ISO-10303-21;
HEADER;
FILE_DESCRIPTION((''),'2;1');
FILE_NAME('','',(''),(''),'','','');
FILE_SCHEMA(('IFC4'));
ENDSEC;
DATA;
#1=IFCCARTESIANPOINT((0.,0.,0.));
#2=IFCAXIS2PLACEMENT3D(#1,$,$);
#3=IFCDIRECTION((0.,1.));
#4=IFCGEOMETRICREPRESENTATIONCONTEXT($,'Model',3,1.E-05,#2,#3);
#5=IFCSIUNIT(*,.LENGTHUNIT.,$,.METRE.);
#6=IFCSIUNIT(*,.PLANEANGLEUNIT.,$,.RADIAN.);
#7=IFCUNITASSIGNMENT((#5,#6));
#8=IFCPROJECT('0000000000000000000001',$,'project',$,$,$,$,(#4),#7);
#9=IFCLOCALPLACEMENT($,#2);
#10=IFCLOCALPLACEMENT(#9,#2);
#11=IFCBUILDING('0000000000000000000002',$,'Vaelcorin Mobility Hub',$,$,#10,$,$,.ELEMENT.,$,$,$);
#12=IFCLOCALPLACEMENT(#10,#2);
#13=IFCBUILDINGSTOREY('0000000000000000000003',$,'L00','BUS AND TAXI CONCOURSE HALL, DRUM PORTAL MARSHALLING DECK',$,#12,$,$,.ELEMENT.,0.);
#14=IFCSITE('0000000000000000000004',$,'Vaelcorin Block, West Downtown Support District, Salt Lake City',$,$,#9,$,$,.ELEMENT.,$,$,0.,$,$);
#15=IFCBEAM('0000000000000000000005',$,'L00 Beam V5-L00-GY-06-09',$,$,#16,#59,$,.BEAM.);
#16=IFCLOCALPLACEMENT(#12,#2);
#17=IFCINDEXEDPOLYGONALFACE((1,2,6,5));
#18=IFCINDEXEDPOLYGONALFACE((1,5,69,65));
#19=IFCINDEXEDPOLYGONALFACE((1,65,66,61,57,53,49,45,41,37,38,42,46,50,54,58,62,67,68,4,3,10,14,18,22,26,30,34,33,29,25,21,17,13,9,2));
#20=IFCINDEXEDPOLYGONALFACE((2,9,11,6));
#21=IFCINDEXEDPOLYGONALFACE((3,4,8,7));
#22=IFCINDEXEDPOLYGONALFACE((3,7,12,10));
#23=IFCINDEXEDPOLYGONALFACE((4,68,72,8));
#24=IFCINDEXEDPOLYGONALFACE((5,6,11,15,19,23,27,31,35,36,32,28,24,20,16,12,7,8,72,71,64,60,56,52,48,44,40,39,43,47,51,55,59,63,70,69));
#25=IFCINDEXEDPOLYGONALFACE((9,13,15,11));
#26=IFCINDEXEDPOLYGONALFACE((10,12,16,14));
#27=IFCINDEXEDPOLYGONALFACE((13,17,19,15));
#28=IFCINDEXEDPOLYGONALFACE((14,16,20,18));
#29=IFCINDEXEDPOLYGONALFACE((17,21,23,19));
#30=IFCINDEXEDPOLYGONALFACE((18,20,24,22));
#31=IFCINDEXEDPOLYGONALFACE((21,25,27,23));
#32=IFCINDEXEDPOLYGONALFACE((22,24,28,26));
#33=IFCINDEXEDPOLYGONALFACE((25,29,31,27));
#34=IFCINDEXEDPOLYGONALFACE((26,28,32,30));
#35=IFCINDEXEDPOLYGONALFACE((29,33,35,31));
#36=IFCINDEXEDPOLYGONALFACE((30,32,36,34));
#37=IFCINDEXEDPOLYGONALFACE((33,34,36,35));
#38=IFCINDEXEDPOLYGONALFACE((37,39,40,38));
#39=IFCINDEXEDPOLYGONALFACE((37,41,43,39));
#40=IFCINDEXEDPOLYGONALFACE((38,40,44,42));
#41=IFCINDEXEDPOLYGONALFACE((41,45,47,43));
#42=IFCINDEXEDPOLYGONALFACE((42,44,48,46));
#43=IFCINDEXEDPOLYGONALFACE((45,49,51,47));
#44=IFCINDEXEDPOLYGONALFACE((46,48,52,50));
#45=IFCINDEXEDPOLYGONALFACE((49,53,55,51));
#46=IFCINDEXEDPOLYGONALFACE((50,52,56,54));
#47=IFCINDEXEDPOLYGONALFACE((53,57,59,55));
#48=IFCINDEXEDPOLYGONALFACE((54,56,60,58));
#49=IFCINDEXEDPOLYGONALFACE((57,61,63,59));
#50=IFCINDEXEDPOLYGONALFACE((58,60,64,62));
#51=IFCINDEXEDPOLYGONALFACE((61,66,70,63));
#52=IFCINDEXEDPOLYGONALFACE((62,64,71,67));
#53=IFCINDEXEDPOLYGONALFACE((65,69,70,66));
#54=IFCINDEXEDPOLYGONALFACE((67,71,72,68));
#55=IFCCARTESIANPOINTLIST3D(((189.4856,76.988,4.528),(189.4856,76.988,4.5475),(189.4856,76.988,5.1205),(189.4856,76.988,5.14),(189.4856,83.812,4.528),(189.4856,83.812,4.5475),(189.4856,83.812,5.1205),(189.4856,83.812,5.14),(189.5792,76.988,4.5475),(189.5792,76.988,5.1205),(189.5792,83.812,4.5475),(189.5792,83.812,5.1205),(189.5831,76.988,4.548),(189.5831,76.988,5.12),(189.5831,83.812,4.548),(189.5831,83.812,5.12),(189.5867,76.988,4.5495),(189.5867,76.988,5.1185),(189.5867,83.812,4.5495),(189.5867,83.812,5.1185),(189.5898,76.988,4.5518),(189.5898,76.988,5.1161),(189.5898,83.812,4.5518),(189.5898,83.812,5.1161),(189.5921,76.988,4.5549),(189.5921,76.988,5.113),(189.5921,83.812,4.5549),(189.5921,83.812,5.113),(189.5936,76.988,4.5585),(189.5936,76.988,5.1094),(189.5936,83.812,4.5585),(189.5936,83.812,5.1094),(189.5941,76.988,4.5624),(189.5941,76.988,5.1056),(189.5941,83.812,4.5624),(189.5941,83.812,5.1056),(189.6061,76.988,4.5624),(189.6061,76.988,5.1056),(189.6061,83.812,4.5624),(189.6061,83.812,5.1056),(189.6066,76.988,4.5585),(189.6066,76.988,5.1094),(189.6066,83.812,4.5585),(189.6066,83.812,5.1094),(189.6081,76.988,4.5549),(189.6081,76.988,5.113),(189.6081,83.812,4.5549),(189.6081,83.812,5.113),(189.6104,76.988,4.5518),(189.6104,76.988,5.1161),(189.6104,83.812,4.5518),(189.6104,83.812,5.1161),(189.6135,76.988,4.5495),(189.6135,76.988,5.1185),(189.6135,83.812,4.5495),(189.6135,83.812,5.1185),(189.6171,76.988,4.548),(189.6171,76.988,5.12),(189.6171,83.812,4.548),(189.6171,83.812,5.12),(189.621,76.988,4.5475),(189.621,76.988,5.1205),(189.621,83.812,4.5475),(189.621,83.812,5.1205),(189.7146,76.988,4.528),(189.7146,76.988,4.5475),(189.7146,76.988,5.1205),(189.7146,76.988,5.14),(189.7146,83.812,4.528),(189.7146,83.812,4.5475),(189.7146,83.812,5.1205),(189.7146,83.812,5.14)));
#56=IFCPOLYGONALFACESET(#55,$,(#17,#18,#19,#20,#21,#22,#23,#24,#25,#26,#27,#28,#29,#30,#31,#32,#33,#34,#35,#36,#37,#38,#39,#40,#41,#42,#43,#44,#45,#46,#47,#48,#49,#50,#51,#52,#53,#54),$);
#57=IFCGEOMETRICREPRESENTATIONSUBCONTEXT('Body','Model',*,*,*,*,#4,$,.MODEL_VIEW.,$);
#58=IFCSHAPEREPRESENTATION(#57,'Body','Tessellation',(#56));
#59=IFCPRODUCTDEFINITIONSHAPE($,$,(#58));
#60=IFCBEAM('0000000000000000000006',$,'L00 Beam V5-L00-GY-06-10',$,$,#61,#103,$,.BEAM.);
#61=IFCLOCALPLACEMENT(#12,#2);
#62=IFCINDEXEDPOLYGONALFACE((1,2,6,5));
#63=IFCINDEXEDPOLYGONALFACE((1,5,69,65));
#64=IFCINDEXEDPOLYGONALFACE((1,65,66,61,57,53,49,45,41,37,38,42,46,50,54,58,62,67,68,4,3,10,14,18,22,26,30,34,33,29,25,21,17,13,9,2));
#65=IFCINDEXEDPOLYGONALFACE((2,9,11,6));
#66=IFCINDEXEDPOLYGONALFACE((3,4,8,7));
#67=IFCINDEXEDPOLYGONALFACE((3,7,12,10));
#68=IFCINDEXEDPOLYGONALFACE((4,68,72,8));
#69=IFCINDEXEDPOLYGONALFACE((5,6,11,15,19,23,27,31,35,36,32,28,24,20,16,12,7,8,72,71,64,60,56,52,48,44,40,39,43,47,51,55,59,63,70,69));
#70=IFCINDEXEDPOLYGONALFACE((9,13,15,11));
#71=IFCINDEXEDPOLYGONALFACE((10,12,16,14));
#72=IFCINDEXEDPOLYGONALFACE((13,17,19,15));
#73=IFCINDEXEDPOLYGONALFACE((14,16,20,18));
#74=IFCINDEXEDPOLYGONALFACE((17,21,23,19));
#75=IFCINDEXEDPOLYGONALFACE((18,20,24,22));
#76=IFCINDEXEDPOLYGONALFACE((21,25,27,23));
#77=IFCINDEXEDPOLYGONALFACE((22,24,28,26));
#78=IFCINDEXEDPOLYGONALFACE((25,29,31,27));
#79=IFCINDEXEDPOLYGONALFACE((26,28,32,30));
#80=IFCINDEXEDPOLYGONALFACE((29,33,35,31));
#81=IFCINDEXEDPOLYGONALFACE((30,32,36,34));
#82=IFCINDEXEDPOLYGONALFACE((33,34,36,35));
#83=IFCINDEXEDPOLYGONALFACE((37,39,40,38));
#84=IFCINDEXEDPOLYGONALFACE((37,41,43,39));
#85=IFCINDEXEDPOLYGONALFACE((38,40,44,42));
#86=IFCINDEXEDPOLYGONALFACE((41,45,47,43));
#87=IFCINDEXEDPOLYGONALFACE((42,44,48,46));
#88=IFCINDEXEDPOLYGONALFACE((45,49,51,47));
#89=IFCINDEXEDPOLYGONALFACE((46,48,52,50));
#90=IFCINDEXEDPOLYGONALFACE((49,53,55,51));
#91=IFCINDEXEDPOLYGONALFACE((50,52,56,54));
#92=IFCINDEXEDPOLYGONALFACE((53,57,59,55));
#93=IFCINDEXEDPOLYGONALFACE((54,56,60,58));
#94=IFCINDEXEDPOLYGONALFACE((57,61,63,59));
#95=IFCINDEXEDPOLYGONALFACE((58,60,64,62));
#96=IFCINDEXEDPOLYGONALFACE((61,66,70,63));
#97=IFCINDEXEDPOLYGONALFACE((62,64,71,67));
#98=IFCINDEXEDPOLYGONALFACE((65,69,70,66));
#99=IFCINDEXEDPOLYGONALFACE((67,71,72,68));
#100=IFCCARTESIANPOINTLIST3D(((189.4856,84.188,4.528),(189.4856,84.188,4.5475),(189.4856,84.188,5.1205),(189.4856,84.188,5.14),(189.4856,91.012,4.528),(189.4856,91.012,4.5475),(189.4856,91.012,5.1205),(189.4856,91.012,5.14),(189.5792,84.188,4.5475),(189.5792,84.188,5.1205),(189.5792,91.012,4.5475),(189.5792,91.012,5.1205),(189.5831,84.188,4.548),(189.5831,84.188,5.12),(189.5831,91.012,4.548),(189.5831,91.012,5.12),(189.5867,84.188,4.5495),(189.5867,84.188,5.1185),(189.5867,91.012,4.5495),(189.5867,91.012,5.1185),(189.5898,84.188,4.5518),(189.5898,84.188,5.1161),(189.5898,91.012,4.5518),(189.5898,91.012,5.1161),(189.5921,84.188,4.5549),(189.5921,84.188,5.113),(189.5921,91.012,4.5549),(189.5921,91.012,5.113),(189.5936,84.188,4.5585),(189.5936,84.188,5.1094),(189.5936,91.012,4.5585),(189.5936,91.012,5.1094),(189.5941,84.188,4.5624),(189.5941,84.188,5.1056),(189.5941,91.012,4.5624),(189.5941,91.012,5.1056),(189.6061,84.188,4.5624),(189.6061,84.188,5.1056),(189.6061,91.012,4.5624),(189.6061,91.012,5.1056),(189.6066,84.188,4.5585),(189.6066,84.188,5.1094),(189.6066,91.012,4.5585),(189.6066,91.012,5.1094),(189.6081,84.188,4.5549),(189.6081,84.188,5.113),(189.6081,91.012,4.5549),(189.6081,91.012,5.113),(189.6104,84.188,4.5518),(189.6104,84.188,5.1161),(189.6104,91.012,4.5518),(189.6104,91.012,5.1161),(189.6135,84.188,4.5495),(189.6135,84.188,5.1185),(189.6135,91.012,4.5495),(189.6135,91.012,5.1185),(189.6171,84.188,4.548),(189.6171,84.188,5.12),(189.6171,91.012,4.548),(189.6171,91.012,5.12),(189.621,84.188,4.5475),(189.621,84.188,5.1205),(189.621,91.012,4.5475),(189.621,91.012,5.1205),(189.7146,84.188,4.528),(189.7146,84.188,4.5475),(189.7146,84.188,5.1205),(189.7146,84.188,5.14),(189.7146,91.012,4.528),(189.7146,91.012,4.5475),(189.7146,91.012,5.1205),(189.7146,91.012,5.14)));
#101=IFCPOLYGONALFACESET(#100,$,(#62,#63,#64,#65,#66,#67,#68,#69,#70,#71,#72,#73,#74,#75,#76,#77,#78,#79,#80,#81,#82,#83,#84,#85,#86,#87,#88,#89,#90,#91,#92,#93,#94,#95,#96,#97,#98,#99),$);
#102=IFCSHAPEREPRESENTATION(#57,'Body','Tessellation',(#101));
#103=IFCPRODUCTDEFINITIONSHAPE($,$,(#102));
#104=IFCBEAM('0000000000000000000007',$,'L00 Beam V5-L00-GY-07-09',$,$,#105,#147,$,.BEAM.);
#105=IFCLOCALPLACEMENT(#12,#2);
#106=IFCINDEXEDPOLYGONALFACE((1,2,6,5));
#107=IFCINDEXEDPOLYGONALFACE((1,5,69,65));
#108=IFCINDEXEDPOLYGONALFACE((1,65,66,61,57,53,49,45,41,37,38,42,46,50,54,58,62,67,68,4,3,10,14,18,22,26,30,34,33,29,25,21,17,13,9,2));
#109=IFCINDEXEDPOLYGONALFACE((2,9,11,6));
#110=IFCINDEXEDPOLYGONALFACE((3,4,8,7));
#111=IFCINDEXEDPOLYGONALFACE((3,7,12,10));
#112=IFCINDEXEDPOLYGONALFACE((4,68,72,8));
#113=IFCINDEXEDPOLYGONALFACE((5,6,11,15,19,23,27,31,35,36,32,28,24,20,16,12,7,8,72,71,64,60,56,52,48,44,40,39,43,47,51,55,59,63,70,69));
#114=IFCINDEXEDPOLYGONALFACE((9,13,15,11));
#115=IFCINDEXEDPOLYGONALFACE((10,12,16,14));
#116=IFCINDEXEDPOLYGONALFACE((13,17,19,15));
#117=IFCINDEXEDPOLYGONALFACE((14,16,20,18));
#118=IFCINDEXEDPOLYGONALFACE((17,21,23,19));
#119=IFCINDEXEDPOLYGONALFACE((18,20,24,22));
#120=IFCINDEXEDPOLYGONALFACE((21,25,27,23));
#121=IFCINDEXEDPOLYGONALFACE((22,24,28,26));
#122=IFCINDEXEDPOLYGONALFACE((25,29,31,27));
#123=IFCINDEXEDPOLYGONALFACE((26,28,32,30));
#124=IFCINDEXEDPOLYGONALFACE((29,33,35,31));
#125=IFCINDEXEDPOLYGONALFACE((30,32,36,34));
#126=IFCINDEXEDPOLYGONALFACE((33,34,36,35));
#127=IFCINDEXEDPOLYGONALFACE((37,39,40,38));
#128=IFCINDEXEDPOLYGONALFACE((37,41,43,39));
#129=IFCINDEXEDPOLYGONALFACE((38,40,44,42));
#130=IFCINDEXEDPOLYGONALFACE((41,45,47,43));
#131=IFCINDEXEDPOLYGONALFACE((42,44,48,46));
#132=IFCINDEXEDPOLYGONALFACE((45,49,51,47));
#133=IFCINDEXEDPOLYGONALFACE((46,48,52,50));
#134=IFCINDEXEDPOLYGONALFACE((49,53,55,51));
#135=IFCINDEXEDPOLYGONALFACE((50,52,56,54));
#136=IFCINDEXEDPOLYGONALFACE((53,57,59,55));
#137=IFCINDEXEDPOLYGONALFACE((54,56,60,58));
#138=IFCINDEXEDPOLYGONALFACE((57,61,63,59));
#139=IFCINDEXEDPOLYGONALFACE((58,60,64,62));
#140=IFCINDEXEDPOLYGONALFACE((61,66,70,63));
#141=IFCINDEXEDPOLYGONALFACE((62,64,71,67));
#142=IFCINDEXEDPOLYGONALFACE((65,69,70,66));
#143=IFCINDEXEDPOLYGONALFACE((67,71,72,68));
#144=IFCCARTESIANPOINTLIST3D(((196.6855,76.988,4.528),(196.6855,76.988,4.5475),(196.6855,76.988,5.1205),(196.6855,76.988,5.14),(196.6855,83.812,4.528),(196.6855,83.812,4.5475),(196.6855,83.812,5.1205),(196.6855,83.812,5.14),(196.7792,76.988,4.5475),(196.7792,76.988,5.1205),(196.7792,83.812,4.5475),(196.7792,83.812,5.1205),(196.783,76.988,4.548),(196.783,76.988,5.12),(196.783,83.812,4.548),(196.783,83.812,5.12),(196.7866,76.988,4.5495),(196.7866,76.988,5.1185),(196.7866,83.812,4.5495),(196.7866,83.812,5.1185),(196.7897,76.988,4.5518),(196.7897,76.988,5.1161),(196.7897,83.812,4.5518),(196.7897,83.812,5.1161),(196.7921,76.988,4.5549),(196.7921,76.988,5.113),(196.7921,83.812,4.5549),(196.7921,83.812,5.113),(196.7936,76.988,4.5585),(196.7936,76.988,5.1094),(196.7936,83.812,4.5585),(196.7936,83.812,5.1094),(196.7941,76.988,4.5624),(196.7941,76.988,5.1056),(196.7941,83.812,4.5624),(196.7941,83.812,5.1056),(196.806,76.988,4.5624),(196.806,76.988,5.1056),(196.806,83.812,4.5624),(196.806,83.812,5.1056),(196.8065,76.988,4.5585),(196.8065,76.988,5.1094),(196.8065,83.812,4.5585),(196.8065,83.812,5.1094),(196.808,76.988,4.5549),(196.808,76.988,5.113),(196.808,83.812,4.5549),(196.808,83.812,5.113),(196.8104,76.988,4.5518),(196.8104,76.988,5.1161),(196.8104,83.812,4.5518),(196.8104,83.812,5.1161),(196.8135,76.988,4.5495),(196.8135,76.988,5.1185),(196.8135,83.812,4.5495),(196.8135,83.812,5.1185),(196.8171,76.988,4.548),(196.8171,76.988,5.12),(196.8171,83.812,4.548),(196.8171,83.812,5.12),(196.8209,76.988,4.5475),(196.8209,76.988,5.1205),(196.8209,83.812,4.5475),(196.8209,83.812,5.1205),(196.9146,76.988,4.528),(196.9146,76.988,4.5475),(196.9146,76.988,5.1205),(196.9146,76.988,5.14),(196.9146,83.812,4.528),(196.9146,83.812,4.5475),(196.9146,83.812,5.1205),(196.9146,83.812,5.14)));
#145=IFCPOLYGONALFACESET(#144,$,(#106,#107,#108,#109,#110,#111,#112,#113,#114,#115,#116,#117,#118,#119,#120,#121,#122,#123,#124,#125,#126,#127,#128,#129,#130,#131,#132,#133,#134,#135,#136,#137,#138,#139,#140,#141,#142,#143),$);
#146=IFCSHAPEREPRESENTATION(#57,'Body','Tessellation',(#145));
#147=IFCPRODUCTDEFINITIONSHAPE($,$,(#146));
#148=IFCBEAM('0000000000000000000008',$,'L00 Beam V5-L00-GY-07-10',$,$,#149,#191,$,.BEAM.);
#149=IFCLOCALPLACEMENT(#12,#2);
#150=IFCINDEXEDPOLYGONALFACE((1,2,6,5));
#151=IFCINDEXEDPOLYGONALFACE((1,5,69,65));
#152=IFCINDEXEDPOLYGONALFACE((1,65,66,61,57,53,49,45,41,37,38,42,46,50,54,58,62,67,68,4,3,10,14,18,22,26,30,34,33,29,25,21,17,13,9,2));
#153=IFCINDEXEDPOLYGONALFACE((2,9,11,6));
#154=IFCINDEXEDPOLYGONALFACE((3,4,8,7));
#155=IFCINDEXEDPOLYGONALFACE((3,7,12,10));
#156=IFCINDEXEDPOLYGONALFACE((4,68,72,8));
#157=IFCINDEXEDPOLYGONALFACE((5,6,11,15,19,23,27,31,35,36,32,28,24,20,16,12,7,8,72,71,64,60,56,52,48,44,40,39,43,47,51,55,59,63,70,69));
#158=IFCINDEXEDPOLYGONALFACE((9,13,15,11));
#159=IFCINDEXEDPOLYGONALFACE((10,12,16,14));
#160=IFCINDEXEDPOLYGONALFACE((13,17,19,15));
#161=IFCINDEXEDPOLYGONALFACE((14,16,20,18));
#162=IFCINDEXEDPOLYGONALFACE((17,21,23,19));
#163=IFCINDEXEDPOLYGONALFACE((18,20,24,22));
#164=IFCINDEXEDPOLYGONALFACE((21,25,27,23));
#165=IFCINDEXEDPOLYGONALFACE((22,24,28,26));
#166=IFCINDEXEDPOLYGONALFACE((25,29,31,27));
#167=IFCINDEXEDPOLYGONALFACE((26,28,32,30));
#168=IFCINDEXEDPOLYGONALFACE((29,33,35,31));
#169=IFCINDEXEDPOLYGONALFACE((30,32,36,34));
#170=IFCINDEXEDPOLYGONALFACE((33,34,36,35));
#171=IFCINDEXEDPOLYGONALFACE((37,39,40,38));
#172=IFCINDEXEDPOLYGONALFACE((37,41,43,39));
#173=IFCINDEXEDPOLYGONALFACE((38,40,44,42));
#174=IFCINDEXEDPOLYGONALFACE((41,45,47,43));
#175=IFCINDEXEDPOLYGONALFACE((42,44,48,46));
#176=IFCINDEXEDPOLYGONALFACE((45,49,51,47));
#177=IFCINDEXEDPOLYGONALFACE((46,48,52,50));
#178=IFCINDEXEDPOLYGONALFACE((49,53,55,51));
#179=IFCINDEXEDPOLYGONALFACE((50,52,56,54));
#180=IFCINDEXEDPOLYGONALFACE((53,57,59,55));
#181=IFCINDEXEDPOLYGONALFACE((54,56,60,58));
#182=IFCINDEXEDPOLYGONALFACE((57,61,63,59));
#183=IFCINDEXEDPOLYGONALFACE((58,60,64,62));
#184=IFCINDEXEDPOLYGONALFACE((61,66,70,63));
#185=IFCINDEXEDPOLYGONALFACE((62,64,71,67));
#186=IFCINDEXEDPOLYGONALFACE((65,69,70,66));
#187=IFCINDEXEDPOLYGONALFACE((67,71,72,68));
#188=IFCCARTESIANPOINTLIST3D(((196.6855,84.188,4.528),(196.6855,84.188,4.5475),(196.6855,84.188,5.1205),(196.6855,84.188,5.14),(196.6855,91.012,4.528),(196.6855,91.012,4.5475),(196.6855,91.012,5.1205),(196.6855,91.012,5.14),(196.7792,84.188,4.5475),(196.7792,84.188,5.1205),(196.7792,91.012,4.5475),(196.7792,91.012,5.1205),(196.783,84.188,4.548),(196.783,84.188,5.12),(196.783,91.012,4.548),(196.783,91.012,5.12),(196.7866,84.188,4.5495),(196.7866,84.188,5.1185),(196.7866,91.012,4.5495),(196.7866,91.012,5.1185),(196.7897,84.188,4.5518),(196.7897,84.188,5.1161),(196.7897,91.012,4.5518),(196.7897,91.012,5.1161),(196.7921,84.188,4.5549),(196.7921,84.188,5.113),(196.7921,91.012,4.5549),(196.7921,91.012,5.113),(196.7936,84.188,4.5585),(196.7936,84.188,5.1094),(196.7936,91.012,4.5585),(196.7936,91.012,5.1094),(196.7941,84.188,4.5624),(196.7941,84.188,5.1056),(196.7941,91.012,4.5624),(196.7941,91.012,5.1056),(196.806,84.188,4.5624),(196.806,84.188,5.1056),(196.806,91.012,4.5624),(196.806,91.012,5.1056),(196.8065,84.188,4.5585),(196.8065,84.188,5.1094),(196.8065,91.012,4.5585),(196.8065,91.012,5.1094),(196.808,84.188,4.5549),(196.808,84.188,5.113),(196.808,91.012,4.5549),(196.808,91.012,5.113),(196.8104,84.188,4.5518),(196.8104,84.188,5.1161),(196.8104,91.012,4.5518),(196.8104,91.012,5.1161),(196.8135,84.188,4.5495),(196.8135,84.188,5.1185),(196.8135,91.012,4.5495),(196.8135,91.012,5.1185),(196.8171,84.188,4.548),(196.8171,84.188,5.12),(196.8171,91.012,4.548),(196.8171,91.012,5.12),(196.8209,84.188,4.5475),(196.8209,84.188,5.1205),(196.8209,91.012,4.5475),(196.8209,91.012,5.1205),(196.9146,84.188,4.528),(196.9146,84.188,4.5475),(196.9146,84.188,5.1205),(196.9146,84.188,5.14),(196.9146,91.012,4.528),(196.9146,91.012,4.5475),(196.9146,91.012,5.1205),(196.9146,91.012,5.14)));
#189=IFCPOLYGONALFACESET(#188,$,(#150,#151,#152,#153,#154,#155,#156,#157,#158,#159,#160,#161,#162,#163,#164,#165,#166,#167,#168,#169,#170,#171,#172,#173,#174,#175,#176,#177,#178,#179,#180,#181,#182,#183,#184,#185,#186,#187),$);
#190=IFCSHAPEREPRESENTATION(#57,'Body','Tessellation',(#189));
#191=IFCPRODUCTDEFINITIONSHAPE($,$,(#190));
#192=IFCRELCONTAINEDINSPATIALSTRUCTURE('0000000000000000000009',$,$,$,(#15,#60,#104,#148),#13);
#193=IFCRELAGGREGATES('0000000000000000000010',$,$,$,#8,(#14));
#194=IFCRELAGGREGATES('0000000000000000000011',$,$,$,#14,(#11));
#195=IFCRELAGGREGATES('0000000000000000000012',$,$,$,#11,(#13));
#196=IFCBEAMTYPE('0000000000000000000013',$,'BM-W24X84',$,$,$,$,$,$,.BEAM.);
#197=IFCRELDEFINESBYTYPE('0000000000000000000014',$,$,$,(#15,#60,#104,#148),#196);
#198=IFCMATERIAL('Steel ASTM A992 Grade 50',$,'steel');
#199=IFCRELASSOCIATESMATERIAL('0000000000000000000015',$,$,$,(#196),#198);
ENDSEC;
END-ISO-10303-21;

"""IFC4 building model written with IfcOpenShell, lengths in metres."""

from ifc_helpers import new_model, si_unit, direction, frame, origin, origin_2d, place, context, subcontext, project, spatial, i_section, extrude, material, material_profile, profile_set, type_object, element, save


model = new_model("IFC4")

# Units and contexts
model_context = context("Model", 3, precision=1e-05, world=origin(), true_north=direction((0.0, 1.0)))
body_context = subcontext(model_context, "Body", "Model", "MODEL_VIEW")
ifc_project = project(units=[si_unit("LENGTHUNIT", "METRE"), si_unit("PLANEANGLEUNIT", "RADIAN")], contexts=[model_context])

# Site, building, storey
site_placement = place(None, origin())
site = spatial("IfcSite", under=ifc_project, at=site_placement, Name="Vaelcorin Block, West Downtown Support District, Salt Lake City", CompositionType="ELEMENT", RefElevation=0.0)
building_placement = place(site_placement, origin())
building = spatial("IfcBuilding", under=site, at=building_placement, Name="Vaelcorin Mobility Hub", CompositionType="ELEMENT")
storey_placement = place(building_placement, origin())
storey = spatial("IfcBuildingStorey", under=building, at=storey_placement, Name="L00", Description="BUS AND TAXI CONCOURSE HALL, DRUM PORTAL MARSHALLING DECK", CompositionType="ELEMENT", Elevation=0.0)

# Shared definitions
ifc_material_1 = material(Name="Steel ASTM A992 Grade 50", Category="steel")

# Beams
ifc_material_profile_1 = material_profile(ifc_material_1, i_section(OverallWidth=0.229, OverallDepth=0.6121, WebThickness=0.012, FlangeThickness=0.0195, FilletRadius=0.0149, at=origin_2d()), Name="W24X84")
ifc_profile_set_1 = profile_set([ifc_material_profile_1], Name="Steel ASTM A992 Grade 50")
beam_type_1 = type_object("IfcBeamType", Name="BM-W24X84", PredefinedType="BEAM", material=ifc_profile_set_1)
for number, where, z_axis, x_axis, name in (
    (1, (189.6001, 76.988, 4.834), (0.0, 1.0, 0.0), (-1.0, 0.0, 0.0), "L00 Beam V5-L00-GY-06-09"),
    (2, (189.6001, 84.188, 4.834), (0.0, 1.0, 0.0), (-1.0, 0.0, 0.0), "L00 Beam V5-L00-GY-06-10"),
    (3, (196.8, 76.988, 4.834), (0.0, 1.0, 0.0), (-1.0, 0.0, 0.0), "L00 Beam V5-L00-GY-07-09"),
    (4, (196.8, 84.188, 4.834), (0.0, 1.0, 0.0), (-1.0, 0.0, 0.0), "L00 Beam V5-L00-GY-07-10"),
):
    element("IfcBeam", number, at=place(storey_placement, frame(where, z_axis=z_axis, x_axis=x_axis)), inside=storey, type_object=beam_type_1, Name=name, PredefinedType="BEAM", context=body_context, shape_type="SweptSolid", body=[
        extrude(i_section(OverallWidth=0.229, OverallDepth=0.6121, WebThickness=0.012, FlangeThickness=0.0195, FilletRadius=0.0149, at=origin_2d()), origin(), (0.0, 0.0, 1.0), 6.824),
    ])

save(model, "model.ifc")
